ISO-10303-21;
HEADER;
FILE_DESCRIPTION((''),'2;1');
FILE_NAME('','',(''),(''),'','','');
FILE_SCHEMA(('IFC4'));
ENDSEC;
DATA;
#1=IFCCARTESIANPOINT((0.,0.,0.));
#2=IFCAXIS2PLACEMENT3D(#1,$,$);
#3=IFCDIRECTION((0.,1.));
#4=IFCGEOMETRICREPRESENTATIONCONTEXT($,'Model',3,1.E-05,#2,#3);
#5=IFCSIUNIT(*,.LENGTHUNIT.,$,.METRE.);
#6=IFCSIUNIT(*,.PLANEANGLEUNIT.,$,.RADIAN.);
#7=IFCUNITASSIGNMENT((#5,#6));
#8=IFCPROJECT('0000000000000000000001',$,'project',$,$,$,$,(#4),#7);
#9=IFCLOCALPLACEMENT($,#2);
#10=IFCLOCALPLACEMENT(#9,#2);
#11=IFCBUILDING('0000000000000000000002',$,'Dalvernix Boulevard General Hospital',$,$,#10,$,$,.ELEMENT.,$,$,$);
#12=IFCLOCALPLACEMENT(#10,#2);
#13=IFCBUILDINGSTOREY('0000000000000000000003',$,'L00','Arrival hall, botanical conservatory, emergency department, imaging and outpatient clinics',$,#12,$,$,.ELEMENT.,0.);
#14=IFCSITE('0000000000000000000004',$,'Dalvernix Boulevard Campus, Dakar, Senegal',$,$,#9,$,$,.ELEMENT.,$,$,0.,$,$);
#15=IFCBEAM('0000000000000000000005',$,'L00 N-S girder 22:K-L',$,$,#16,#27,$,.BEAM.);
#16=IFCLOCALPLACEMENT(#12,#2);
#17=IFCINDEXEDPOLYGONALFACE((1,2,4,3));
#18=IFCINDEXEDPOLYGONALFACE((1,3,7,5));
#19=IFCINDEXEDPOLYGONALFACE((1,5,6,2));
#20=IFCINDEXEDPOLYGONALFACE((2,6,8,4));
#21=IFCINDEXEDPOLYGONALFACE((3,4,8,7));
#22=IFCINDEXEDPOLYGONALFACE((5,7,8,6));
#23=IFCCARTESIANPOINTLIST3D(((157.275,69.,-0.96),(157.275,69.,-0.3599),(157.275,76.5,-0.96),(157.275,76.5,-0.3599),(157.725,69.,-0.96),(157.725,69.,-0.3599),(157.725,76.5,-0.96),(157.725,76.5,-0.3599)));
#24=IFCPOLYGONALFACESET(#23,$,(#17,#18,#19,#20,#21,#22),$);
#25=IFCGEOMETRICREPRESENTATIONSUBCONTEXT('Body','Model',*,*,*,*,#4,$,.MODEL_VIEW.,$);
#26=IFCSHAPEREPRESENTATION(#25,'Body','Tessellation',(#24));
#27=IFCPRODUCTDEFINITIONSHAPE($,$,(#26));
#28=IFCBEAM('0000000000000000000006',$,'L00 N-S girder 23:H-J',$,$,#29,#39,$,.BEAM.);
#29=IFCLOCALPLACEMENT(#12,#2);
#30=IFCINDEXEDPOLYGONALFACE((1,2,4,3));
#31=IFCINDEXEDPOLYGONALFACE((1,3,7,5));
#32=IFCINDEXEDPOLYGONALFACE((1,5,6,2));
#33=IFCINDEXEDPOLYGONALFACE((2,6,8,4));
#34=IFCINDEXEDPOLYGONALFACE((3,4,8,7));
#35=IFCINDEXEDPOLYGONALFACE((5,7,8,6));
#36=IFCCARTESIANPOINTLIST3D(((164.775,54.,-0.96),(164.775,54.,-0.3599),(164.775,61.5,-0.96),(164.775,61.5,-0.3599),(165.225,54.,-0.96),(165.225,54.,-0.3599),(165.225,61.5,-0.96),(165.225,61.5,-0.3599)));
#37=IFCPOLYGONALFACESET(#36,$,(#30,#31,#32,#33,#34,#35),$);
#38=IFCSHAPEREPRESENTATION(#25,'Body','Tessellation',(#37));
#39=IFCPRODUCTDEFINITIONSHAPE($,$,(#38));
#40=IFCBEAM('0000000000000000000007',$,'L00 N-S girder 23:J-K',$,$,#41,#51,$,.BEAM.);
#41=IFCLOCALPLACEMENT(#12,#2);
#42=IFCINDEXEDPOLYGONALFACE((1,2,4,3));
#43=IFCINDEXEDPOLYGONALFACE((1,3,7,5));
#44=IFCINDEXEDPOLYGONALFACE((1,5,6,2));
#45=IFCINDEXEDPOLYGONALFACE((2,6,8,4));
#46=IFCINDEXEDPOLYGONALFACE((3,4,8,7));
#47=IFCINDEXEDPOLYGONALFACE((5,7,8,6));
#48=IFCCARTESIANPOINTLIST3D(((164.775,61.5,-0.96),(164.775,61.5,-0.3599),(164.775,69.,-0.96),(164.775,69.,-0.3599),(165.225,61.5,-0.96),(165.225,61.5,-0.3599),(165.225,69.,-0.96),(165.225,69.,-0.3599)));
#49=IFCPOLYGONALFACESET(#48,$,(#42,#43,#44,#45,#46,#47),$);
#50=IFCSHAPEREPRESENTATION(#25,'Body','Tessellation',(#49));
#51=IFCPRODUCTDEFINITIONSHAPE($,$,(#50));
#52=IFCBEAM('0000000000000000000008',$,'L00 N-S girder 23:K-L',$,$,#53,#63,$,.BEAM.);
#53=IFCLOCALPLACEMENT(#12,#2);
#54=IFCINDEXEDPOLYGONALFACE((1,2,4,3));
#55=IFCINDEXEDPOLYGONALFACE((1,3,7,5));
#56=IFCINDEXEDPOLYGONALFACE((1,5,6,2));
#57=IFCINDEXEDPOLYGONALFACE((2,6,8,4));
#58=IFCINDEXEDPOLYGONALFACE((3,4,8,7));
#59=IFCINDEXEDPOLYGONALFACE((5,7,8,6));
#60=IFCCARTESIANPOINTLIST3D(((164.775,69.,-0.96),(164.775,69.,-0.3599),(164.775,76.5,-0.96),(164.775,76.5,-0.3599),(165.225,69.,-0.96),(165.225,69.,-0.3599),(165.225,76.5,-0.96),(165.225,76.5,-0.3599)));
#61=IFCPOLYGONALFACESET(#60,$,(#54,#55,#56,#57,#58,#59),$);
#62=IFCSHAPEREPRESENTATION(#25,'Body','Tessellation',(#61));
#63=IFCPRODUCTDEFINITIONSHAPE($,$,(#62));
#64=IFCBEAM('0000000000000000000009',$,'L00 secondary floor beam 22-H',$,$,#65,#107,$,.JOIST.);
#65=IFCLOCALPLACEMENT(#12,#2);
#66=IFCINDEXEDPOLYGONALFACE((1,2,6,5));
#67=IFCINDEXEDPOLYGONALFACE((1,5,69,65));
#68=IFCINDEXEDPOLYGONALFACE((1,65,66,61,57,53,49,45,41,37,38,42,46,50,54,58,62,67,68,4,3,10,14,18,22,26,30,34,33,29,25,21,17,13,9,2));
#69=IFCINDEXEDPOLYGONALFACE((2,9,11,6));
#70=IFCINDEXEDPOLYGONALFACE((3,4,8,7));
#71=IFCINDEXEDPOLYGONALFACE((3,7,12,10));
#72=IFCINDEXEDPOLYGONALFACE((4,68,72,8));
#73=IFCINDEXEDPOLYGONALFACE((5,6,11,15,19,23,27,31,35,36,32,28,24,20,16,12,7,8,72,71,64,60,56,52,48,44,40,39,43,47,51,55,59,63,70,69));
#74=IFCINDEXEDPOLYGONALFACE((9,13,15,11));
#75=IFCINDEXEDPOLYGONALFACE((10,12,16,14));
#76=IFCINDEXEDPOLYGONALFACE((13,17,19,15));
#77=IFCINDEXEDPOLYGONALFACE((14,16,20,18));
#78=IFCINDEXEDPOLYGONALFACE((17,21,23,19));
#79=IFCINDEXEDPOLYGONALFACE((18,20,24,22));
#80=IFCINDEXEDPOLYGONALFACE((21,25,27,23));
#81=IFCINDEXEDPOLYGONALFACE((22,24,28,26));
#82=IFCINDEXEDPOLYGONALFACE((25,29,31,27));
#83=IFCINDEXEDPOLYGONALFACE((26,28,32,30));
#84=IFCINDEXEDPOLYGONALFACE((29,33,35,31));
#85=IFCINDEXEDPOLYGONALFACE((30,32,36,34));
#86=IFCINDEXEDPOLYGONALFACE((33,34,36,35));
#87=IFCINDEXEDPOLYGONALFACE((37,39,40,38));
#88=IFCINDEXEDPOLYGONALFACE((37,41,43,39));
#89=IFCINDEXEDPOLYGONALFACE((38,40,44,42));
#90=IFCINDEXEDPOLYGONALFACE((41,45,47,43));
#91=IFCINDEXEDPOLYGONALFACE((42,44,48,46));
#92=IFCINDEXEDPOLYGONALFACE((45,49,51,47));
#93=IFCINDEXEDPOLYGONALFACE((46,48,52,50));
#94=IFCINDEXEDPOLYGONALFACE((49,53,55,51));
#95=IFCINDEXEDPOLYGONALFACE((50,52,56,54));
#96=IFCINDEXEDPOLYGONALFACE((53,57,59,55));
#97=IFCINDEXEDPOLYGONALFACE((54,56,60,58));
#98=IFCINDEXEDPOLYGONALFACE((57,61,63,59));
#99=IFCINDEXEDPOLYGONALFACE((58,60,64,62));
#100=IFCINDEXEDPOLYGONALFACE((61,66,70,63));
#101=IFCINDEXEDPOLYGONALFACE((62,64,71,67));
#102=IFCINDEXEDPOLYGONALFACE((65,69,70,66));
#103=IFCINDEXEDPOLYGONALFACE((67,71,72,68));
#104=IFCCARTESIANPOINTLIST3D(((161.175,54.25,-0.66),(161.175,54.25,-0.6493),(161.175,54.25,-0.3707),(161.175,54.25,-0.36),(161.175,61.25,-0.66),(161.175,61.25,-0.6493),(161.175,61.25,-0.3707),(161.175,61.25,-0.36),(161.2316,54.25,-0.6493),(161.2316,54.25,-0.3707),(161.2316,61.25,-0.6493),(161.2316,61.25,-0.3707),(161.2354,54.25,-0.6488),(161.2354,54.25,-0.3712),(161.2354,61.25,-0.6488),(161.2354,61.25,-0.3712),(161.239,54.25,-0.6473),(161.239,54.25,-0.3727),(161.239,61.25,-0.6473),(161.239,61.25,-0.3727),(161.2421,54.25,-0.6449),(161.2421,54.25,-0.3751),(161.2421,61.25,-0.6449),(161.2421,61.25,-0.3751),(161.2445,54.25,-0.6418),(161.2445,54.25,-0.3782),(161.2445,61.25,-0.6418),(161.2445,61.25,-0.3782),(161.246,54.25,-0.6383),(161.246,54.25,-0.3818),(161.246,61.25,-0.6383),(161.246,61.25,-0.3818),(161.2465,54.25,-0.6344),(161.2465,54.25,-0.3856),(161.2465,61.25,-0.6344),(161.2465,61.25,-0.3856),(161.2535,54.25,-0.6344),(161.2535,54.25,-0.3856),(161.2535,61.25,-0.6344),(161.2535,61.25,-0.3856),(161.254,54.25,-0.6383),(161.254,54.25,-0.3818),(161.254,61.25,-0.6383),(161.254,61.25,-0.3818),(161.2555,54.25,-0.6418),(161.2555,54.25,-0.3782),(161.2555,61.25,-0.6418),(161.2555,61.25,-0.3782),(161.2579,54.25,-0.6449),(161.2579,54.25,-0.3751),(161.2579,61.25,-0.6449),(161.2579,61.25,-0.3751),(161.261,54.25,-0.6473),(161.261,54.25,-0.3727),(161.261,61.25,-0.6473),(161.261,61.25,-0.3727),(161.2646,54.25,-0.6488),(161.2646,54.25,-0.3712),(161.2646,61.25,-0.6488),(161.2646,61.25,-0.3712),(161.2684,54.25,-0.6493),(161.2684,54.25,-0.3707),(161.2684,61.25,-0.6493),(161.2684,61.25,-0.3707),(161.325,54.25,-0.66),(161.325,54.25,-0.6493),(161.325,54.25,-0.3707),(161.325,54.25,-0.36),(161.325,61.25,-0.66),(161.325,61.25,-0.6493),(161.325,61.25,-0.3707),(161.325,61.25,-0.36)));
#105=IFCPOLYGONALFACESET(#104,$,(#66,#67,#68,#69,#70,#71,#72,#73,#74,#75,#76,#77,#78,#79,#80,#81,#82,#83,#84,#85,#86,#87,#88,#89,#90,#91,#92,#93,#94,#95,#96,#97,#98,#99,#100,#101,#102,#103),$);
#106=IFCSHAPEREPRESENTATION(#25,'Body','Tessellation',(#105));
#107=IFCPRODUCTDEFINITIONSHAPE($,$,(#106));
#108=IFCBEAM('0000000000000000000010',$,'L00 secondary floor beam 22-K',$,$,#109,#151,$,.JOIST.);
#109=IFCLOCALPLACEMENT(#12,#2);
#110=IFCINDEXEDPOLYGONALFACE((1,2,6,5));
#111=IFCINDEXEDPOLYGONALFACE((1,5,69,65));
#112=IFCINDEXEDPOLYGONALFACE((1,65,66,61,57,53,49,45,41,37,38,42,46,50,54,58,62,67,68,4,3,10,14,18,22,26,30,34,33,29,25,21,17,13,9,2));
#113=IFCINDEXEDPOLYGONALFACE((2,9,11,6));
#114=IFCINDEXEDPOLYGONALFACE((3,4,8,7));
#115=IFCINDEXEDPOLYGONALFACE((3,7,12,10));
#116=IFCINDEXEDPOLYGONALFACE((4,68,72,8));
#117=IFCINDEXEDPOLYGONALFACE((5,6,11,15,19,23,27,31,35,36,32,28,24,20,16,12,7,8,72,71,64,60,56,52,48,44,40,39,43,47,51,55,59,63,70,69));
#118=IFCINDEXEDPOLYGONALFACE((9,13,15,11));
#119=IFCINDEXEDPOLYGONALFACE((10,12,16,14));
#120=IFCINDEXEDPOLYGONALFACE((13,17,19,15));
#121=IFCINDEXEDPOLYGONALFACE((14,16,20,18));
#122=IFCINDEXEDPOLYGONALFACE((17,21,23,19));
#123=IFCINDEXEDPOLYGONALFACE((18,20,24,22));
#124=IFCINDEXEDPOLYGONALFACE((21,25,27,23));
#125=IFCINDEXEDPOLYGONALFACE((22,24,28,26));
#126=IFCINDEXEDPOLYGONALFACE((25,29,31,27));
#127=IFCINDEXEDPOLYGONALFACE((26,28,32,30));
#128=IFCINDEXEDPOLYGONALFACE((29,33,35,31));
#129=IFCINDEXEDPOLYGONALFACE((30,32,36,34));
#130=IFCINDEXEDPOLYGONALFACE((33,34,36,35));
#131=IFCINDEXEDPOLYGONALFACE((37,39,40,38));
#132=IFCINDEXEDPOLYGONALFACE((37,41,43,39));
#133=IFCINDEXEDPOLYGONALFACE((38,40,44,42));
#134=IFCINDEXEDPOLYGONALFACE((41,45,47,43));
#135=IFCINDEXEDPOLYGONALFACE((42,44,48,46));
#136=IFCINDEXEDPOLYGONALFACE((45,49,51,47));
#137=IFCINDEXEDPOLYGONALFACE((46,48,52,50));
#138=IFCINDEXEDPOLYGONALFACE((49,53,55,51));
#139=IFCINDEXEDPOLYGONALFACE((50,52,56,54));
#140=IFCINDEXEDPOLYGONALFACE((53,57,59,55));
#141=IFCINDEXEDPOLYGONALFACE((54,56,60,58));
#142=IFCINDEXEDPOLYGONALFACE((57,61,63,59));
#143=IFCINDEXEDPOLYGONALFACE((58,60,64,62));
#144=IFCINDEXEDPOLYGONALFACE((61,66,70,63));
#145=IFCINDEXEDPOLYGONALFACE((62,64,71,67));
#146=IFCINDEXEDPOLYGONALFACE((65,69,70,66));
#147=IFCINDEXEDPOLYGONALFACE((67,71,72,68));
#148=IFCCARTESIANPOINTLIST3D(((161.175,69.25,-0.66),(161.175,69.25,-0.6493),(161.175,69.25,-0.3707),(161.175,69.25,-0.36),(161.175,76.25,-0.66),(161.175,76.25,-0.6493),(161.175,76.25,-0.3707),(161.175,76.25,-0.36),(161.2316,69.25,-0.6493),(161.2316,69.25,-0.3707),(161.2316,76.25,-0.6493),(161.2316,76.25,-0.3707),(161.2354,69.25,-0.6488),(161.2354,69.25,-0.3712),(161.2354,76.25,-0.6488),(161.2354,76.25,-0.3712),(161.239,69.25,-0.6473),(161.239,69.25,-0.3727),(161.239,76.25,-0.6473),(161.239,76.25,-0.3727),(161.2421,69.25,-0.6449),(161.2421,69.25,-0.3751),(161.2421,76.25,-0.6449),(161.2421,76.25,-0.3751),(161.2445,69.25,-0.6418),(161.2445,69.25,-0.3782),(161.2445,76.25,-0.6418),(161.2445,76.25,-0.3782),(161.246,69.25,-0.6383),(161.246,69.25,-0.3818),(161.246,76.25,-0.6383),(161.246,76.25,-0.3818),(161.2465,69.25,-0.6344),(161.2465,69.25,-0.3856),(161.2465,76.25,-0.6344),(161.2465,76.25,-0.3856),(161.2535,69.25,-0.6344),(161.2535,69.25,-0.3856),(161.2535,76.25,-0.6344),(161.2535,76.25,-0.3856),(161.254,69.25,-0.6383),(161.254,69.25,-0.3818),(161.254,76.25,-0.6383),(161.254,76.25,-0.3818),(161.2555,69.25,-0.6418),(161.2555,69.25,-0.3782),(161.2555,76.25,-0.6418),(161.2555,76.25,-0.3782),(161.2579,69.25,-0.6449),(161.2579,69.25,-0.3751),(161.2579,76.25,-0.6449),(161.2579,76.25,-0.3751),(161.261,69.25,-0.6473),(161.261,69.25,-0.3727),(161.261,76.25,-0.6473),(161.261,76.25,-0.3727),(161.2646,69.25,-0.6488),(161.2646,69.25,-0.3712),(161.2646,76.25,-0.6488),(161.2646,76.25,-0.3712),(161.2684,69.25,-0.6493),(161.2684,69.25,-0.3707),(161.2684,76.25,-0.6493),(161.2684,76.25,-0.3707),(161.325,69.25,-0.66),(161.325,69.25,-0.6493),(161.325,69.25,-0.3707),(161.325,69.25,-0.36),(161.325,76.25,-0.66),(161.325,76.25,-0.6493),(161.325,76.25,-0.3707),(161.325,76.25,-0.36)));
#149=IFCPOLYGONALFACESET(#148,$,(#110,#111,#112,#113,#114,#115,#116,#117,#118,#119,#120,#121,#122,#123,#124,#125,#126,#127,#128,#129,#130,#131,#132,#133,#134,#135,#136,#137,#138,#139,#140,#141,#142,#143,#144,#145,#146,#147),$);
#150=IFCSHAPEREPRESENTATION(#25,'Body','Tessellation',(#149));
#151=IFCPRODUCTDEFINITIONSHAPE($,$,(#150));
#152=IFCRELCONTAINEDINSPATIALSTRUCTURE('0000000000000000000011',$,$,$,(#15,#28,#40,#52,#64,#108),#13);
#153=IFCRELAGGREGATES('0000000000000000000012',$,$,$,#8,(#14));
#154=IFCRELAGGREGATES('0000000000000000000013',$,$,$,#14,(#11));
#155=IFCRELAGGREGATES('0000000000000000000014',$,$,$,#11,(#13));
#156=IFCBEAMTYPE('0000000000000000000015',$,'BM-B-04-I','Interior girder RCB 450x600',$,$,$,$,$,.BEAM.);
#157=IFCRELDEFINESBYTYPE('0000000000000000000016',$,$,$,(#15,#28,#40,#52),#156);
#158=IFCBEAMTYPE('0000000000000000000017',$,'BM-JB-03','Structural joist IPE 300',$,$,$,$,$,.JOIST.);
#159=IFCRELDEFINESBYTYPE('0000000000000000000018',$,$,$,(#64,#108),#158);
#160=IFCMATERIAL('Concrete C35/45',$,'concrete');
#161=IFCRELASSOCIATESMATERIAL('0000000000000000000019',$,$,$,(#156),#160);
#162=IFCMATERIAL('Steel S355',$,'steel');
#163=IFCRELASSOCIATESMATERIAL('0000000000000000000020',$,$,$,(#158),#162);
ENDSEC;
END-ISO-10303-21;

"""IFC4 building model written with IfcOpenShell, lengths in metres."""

from ifc_helpers import new_model, si_unit, direction, frame, origin, origin_2d, place, context, subcontext, project, spatial, rectangle, i_section, extrude, material, material_profile, profile_set, type_object, element, save


model = new_model("IFC4")

# Units and contexts
model_context = context("Model", 3, precision=1e-05, world=origin(), true_north=direction((0.0, 1.0)))
body_context = subcontext(model_context, "Body", "Model", "MODEL_VIEW")
ifc_project = project(units=[si_unit("LENGTHUNIT", "METRE"), si_unit("PLANEANGLEUNIT", "RADIAN")], contexts=[model_context])

# Site, building, storey
site_placement = place(None, origin())
site = spatial("IfcSite", under=ifc_project, at=site_placement, Name="Dalvernix Boulevard Campus, Dakar, Senegal", CompositionType="ELEMENT", RefElevation=0.0)
building_placement = place(site_placement, origin())
building = spatial("IfcBuilding", under=site, at=building_placement, Name="Dalvernix Boulevard General Hospital", CompositionType="ELEMENT")
storey_placement = place(building_placement, origin())
storey = spatial("IfcBuildingStorey", under=building, at=storey_placement, Name="L00", Description="Arrival hall, botanical conservatory, emergency department, imaging and outpatient clinics", CompositionType="ELEMENT", Elevation=0.0)

# Beams
ifc_material_1 = material(Name="Concrete C35/45", Category="concrete")
ifc_material_profile_1 = material_profile(ifc_material_1, rectangle(XDim=0.45, YDim=0.6001, at=origin_2d()), Name="RCB 450x600")
ifc_profile_set_1 = profile_set([ifc_material_profile_1], Name="Concrete C35/45")
beam_type_1 = type_object("IfcBeamType", Name="BM-B-04-I", Description="Interior girder RCB 450x600", PredefinedType="BEAM", material=ifc_profile_set_1)
for number, where, z_axis, x_axis, name in (
    (1, (157.5, 69.0, -0.6599), (0.0, 1.0, 0.0), (-1.0, 0.0, 0.0), "L00 N-S girder 22:K-L"),
    (2, (165.0, 54.0, -0.6599), (0.0, 1.0, 0.0), (-1.0, 0.0, 0.0), "L00 N-S girder 23:H-J"),
    (3, (165.0, 61.5, -0.6599), (0.0, 1.0, 0.0), (-1.0, 0.0, 0.0), "L00 N-S girder 23:J-K"),
    (4, (165.0, 69.0, -0.6599), (0.0, 1.0, 0.0), (-1.0, 0.0, 0.0), "L00 N-S girder 23:K-L"),
):
    element("IfcBeam", number, at=place(storey_placement, frame(where, z_axis=z_axis, x_axis=x_axis)), inside=storey, type_object=beam_type_1, Name=name, PredefinedType="BEAM", context=body_context, shape_type="SweptSolid", body=[
        extrude(rectangle(XDim=0.45, YDim=0.6001, at=origin_2d()), origin(), (0.0, 0.0, 1.0), 7.5),
    ])
ifc_material_2 = material(Name="Steel S355", Category="steel")
ifc_material_profile_2 = material_profile(ifc_material_2, i_section(OverallWidth=0.1499, OverallDepth=0.3, WebThickness=0.0071, FlangeThickness=0.0107, FilletRadius=0.0149, at=origin_2d()), Name="IPE 300")
ifc_profile_set_2 = profile_set([ifc_material_profile_2], Name="Steel S355")
beam_type_2 = type_object("IfcBeamType", Name="BM-JB-03", Description="Structural joist IPE 300", PredefinedType="JOIST", material=ifc_profile_set_2)
for number, where, z_axis, x_axis, name in (
    (5, (161.25, 54.25, -0.51), (0.0, 1.0, 0.0), (-1.0, 0.0, 0.0), "L00 secondary floor beam 22-H"),
    (6, (161.25, 69.25, -0.51), (0.0, 1.0, 0.0), (-1.0, 0.0, 0.0), "L00 secondary floor beam 22-K"),
):
    element("IfcBeam", number, at=place(storey_placement, frame(where, z_axis=z_axis, x_axis=x_axis)), inside=storey, type_object=beam_type_2, Name=name, PredefinedType="JOIST", context=body_context, shape_type="SweptSolid", body=[
        extrude(i_section(OverallWidth=0.1499, OverallDepth=0.3, WebThickness=0.0071, FlangeThickness=0.0107, FilletRadius=0.0149, at=origin_2d()), origin(), (0.0, 0.0, 1.0), 7.0),
    ])

save(model, "model.ifc")
